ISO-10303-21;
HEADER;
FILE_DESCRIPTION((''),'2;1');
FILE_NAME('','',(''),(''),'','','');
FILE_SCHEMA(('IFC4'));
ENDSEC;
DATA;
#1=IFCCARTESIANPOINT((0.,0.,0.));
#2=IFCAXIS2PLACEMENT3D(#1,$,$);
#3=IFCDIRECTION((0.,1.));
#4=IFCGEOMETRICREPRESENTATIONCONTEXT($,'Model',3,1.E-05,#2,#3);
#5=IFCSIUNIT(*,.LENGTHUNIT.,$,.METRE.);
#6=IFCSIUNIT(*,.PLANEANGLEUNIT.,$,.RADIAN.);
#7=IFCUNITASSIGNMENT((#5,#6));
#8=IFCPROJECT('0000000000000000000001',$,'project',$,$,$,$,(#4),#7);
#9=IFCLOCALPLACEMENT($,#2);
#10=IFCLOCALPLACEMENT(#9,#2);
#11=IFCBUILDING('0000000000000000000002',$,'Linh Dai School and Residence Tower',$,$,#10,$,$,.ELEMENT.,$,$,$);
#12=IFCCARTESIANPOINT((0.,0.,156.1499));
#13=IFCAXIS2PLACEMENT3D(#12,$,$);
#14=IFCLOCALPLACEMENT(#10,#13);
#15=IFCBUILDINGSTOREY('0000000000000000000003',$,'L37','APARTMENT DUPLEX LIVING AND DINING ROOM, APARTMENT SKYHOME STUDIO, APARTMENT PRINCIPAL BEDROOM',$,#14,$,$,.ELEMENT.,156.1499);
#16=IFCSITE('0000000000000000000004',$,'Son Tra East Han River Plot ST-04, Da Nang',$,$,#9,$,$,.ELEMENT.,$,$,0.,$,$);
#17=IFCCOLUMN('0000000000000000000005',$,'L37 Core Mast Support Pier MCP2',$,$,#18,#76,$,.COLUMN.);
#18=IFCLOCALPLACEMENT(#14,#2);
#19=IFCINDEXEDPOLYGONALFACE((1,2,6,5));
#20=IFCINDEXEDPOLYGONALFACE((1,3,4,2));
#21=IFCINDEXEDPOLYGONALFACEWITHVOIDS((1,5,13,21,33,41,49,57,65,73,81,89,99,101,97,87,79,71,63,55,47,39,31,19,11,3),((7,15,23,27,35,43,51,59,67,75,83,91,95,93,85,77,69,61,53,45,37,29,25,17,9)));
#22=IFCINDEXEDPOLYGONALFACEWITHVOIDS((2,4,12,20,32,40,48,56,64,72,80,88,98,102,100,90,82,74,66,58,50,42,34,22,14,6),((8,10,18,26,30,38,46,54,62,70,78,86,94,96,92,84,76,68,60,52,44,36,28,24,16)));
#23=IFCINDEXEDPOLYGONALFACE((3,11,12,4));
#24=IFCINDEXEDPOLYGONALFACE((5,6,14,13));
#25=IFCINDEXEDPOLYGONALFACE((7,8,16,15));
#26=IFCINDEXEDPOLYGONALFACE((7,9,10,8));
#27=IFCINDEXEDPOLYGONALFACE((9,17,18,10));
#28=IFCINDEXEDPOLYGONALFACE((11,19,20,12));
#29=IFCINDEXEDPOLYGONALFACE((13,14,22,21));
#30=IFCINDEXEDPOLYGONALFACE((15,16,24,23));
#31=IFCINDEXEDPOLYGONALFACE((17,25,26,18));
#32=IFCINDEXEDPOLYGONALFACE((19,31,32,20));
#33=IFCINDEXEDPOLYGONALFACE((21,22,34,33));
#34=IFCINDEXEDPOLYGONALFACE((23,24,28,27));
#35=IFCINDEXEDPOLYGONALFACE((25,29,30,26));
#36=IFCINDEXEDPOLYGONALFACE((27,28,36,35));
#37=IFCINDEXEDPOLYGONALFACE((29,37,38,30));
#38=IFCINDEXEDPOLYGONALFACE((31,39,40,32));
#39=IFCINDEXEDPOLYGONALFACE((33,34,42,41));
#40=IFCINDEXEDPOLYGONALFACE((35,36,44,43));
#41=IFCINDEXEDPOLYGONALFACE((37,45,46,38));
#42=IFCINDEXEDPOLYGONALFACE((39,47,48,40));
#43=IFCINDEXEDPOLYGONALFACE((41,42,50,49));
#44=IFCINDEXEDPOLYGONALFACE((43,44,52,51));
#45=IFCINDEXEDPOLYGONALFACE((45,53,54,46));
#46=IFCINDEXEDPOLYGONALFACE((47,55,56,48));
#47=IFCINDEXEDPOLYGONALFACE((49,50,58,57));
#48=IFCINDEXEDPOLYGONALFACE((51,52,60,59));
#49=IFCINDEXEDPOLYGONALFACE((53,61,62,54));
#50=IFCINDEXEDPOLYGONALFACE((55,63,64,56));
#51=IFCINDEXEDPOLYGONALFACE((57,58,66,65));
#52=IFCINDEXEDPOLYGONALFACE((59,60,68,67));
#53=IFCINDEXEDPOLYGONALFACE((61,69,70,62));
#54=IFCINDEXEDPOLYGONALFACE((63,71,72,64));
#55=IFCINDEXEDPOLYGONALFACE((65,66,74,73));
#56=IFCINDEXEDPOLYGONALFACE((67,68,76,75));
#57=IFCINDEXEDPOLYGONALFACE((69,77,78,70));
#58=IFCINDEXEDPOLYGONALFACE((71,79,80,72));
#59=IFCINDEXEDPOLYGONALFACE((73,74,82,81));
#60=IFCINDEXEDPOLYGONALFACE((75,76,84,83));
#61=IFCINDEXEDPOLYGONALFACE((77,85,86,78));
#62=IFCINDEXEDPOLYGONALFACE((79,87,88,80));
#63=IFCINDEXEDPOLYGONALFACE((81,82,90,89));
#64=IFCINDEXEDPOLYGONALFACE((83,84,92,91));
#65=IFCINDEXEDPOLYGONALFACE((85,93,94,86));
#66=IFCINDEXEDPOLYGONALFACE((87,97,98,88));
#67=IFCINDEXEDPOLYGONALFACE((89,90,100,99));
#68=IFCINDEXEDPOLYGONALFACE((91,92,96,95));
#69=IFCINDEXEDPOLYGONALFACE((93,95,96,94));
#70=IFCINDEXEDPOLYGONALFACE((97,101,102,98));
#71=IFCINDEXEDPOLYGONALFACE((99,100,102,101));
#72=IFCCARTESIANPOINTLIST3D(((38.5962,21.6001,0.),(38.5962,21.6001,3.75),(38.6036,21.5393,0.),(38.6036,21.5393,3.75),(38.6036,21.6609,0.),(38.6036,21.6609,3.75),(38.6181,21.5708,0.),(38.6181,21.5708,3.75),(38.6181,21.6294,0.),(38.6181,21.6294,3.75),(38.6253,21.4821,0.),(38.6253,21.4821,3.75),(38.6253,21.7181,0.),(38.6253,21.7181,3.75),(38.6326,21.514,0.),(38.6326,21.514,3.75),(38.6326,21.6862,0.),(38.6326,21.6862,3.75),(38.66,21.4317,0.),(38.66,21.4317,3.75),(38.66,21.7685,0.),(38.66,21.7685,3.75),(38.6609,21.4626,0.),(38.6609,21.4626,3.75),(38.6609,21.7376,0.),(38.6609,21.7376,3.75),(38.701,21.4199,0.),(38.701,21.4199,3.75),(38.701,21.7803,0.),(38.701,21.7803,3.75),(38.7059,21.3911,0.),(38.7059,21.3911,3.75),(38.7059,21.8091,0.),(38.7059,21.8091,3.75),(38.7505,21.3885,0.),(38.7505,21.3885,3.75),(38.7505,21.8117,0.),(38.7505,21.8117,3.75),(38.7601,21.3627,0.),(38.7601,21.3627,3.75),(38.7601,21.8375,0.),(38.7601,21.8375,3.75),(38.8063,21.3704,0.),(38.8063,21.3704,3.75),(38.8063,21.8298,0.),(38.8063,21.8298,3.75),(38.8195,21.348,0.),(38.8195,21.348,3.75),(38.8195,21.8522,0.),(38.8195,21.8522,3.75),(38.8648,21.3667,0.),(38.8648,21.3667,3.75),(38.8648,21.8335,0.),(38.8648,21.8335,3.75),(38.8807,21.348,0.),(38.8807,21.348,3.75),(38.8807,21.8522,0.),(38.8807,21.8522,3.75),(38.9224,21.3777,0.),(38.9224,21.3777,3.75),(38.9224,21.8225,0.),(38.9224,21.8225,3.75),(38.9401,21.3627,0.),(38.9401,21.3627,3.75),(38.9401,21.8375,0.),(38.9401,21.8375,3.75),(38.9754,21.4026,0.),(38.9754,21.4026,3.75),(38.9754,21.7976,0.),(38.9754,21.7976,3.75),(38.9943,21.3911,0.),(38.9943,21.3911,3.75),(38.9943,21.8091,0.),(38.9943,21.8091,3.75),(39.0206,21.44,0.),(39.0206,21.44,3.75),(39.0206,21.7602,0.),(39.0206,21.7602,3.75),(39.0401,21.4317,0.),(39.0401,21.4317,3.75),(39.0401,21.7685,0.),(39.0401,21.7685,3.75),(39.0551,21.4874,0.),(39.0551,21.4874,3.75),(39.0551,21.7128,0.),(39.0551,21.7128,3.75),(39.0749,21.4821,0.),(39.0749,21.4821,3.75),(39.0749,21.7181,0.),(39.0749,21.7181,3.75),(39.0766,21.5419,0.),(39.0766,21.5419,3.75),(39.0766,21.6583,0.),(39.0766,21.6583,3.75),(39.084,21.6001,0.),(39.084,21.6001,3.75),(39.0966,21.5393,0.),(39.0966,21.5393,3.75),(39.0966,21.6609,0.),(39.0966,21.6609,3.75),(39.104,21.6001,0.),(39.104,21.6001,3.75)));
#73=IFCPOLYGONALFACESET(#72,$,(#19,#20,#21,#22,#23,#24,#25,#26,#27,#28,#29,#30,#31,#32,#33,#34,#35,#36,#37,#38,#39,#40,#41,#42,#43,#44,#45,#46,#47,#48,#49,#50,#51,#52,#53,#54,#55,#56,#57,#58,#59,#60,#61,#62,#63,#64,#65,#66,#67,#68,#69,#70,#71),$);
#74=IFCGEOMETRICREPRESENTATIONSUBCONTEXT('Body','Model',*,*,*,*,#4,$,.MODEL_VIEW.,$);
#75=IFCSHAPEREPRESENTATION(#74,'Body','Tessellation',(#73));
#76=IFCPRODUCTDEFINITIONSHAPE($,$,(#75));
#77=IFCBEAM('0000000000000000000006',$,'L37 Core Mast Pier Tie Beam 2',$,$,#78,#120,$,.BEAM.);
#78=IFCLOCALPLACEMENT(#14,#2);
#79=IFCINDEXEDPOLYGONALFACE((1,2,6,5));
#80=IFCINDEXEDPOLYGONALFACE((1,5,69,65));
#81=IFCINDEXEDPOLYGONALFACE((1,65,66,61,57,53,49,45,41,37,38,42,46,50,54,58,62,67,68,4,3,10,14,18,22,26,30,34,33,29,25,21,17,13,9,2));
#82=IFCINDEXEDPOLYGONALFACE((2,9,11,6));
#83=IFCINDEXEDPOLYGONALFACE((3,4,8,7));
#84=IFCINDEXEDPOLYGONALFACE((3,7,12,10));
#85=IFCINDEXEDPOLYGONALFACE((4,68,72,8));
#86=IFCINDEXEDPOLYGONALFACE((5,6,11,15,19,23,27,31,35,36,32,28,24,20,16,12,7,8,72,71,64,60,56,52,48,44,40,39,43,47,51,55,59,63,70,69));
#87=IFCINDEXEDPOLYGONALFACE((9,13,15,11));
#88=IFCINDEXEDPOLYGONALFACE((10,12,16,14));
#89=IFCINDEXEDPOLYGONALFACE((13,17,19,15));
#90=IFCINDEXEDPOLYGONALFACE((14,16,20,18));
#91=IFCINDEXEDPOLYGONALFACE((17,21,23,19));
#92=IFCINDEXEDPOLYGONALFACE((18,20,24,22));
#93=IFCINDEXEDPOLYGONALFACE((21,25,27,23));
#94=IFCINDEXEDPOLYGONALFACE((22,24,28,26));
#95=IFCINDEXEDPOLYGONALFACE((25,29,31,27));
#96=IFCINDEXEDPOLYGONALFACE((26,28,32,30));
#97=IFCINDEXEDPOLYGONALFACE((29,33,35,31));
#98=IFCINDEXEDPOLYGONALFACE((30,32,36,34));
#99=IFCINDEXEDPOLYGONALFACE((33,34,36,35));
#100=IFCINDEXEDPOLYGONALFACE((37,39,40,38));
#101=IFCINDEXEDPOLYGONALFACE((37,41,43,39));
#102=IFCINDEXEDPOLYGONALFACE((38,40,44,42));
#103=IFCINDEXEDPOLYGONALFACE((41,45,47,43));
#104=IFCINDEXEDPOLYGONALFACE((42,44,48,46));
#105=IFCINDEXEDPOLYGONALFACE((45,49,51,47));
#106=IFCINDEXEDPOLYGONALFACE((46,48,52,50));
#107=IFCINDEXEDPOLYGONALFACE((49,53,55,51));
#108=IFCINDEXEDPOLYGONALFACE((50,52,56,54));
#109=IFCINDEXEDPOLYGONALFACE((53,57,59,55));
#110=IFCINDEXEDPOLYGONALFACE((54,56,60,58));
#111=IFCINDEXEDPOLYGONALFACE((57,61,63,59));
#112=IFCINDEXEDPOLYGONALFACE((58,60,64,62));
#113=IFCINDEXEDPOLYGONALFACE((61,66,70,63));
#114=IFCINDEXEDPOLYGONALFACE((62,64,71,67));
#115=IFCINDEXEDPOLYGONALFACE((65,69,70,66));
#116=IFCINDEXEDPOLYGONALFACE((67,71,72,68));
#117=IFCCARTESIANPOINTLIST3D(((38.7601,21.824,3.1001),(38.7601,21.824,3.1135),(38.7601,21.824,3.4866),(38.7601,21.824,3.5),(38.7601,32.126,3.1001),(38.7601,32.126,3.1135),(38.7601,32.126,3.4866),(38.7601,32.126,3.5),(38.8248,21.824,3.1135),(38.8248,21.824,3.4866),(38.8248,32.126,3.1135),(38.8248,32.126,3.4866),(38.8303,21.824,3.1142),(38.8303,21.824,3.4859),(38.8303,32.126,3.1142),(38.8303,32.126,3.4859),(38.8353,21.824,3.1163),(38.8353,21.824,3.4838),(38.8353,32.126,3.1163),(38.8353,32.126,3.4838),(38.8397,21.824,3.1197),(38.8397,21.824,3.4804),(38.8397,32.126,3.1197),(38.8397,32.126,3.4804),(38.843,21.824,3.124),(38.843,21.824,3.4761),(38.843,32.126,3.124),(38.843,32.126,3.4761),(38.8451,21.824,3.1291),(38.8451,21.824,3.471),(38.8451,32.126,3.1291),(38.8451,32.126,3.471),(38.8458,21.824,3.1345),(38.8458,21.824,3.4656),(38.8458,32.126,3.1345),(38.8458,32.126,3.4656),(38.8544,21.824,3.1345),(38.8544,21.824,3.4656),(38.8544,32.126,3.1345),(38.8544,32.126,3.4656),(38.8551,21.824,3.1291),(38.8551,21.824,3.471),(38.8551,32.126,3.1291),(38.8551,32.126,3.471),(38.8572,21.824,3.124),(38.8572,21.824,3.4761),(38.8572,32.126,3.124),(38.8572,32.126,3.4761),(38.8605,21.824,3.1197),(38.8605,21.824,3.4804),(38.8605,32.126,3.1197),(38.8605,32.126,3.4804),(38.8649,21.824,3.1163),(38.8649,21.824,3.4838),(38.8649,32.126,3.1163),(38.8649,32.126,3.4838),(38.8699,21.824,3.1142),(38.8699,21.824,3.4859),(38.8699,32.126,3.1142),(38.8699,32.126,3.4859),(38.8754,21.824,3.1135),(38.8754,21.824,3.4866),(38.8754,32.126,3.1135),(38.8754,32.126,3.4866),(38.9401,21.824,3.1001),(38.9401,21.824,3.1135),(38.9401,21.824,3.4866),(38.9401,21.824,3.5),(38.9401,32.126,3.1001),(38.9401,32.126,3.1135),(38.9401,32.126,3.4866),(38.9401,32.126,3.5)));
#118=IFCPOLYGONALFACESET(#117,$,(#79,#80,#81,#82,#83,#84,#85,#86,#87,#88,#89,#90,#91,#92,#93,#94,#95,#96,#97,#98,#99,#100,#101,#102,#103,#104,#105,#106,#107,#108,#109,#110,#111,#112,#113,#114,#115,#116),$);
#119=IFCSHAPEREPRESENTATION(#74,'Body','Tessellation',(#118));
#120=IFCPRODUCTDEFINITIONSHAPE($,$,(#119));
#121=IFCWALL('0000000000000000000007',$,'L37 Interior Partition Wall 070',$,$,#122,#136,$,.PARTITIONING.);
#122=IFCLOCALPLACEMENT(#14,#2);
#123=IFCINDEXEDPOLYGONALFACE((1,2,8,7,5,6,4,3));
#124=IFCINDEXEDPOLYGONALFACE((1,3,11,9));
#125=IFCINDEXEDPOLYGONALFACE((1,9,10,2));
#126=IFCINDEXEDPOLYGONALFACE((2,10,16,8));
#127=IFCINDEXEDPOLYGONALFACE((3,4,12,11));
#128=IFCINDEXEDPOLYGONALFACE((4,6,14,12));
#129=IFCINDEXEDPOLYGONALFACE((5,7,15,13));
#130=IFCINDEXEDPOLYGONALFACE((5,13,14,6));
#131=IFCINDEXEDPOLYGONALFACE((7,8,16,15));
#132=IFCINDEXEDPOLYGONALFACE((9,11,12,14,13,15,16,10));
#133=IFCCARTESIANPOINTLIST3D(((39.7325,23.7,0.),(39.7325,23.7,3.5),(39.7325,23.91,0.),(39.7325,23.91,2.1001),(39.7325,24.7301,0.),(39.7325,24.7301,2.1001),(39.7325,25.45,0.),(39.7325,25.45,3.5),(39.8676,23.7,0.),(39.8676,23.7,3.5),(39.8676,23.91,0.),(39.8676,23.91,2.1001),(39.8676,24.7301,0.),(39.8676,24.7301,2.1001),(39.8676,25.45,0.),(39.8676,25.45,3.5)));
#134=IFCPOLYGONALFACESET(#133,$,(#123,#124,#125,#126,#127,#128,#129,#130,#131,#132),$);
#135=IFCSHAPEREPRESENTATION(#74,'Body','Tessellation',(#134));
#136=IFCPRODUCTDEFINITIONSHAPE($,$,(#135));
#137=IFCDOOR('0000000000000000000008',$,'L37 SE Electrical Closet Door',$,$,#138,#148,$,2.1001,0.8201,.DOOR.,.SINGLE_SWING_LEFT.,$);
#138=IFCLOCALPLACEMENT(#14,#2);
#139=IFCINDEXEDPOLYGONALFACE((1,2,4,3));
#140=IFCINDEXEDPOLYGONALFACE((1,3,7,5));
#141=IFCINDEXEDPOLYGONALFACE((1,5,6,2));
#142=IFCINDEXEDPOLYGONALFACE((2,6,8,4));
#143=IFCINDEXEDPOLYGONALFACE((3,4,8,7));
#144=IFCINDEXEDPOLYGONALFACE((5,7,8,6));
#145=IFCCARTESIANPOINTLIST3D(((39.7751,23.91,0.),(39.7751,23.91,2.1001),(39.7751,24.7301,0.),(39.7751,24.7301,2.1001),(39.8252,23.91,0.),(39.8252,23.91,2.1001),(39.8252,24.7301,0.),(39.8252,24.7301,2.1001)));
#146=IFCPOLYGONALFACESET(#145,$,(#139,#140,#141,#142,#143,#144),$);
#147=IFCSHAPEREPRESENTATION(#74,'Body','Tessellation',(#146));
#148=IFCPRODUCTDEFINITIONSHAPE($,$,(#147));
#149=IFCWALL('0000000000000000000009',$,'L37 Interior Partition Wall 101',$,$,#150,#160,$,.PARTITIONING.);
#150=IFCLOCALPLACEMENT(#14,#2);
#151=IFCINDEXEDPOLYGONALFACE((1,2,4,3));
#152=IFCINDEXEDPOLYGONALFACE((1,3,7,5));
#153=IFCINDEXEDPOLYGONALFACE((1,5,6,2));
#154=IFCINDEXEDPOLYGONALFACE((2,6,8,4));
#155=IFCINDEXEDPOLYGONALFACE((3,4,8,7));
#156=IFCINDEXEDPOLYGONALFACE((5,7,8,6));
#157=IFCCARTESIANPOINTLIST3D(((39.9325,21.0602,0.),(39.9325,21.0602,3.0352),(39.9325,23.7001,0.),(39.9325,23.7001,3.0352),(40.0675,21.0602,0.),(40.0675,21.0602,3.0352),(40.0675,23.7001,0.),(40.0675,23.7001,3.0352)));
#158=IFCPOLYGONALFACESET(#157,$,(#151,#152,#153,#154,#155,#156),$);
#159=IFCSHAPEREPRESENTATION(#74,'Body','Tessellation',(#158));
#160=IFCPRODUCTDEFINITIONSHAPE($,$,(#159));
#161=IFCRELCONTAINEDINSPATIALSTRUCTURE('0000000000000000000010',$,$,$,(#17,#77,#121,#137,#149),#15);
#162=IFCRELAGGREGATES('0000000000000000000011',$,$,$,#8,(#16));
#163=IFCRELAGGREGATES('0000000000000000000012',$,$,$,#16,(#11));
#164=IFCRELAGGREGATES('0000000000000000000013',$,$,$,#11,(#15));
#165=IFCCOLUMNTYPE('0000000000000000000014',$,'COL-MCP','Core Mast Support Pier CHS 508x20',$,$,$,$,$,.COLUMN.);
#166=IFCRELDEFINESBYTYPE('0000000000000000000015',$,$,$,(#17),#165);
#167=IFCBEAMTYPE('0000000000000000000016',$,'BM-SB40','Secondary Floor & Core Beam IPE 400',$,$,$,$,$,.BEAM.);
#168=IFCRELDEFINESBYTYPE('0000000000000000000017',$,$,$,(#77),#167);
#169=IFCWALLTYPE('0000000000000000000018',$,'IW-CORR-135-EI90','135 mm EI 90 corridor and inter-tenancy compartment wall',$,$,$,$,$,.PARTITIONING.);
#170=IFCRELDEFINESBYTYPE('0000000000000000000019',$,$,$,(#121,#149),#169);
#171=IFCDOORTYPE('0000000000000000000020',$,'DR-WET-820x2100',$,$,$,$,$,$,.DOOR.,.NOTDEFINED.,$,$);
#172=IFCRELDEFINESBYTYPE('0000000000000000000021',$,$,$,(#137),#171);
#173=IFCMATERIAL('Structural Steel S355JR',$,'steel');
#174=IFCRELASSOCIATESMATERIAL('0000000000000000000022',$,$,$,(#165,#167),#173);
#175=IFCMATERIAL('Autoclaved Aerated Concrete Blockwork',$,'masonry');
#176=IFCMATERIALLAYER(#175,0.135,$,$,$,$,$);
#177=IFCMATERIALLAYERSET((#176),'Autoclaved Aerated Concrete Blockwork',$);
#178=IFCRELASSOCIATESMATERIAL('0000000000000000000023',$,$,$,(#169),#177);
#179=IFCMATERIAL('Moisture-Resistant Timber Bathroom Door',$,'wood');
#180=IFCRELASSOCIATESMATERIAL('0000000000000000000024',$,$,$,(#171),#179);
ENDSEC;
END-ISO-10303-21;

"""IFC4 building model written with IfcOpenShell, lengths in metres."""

from ifc_helpers import new_model, si_unit, direction, frame, frame_2d, origin, origin_2d, place, context, subcontext, project, spatial, rectangle, hollow_circle, i_section, extrude, source, transform, mapped, material, layer, layer_set, material_profile, profile_set, type_object, element, fill, save


model = new_model("IFC4")

# Units and contexts
model_context = context("Model", 3, precision=1e-05, world=origin(), true_north=direction((0.0, 1.0)))
body_context = subcontext(model_context, "Body", "Model", "MODEL_VIEW")
ifc_project = project(units=[si_unit("LENGTHUNIT", "METRE"), si_unit("PLANEANGLEUNIT", "RADIAN")], contexts=[model_context])

# Site, building, storey
site_placement = place(None, origin())
site = spatial("IfcSite", under=ifc_project, at=site_placement, Name="Son Tra East Han River Plot ST-04, Da Nang", CompositionType="ELEMENT", RefElevation=0.0)
building_placement = place(site_placement, origin())
building = spatial("IfcBuilding", under=site, at=building_placement, Name="Linh Dai School and Residence Tower", CompositionType="ELEMENT")
storey_placement = place(building_placement, frame((0.0, 0.0, 156.1499)))
storey = spatial("IfcBuildingStorey", under=building, at=storey_placement, Name="L37", Description="APARTMENT DUPLEX LIVING AND DINING ROOM, APARTMENT SKYHOME STUDIO, APARTMENT PRINCIPAL BEDROOM", CompositionType="ELEMENT", Elevation=156.1499)

# Column
ifc_material_1 = material(Name="Structural Steel S355JR", Category="steel")
ifc_material_profile_1 = material_profile(ifc_material_1, hollow_circle(Radius=0.2539, WallThickness=0.02, at=origin_2d()), Name="CHS 508x20")
ifc_profile_set_1 = profile_set([ifc_material_profile_1], Name="Structural Steel S355JR")
column_type_1 = type_object("IfcColumnType", Name="COL-MCP", Description="Core Mast Support Pier CHS 508x20", PredefinedType="COLUMN", material=ifc_profile_set_1)
column_placement = place(storey_placement, frame((38.8501, 21.6001, 0.0), z_axis=(0.0, 0.0, 1.0), x_axis=(1.0, 0.0, 0.0)))
element("IfcColumn", 1, at=column_placement, inside=storey, type_object=column_type_1, Name="L37 Core Mast Support Pier MCP2", PredefinedType="COLUMN", context=body_context, shape_type="SweptSolid", body=[
    extrude(hollow_circle(Radius=0.2539, WallThickness=0.02, at=origin_2d()), origin(), (0.0, 0.0, 1.0), 3.75),
])

# Beam
ifc_material_profile_2 = material_profile(ifc_material_1, i_section(OverallWidth=0.1799, OverallDepth=0.3999, WebThickness=0.0085, FlangeThickness=0.0134, FilletRadius=0.021, at=origin_2d()), Name="IPE 400")
ifc_profile_set_2 = profile_set([ifc_material_profile_2], Name="Structural Steel S355JR")
beam_type = type_object("IfcBeamType", Name="BM-SB40", Description="Secondary Floor & Core Beam IPE 400", PredefinedType="BEAM", material=ifc_profile_set_2)
beam_placement = place(storey_placement, frame((38.8501, 21.824, 3.3), z_axis=(0.0, 1.0, 0.0), x_axis=(-1.0, 0.0, 0.0)))
element("IfcBeam", 2, at=beam_placement, inside=storey, type_object=beam_type, Name="L37 Core Mast Pier Tie Beam 2", PredefinedType="BEAM", context=body_context, shape_type="SweptSolid", body=[
    extrude(i_section(OverallWidth=0.1799, OverallDepth=0.3999, WebThickness=0.0085, FlangeThickness=0.0134, FilletRadius=0.021, at=origin_2d()), origin(), (0.0, 0.0, 1.0), 10.302),
])

# Wall, opening, door
ifc_material_2 = material(Name="Autoclaved Aerated Concrete Blockwork", Category="masonry")
ifc_layer_1 = layer(ifc_material_2, 0.135)
ifc_layer_set_1 = layer_set([ifc_layer_1], Name="Autoclaved Aerated Concrete Blockwork")
wall_type_1 = type_object("IfcWallType", Name="IW-CORR-135-EI90", Description="135 mm EI 90 corridor and inter-tenancy compartment wall", PredefinedType="PARTITIONING", material=ifc_layer_set_1)
wall_1_placement = place(storey_placement, frame((39.8, 23.7, 0.0), z_axis=(0.0, 0.0, 1.0), x_axis=(0.0, 1.0, 0.0)))
wall_1 = element("IfcWall", 3, at=wall_1_placement, inside=storey, type_object=wall_type_1, Name="L37 Interior Partition Wall 070", PredefinedType="PARTITIONING", context=body_context, shape_type="SweptSolid", body=[
    extrude(rectangle(XDim=1.75, YDim=0.135, at=frame_2d((0.875, 0.0))), origin(), (0.0, 0.0, 1.0), 3.5),
])
opening_1_placement = place(wall_1_placement, frame((0.21, 0.0, 0.0)))
opening_1 = element("IfcOpeningElement", 4, at=opening_1_placement, cuts=wall_1, PredefinedType="OPENING", context=body_context, shape_type="SweptSolid", body=[
    extrude(rectangle(XDim=0.8201, YDim=2.1001, at=origin_2d()), frame((0.4102, 0.0776, 1.05), z_axis=(0.0, -1.0, 0.0), x_axis=(1.0, 0.0, 0.0)), (0.0, 0.0, 1.0), 0.155),
])
ifc_material_3 = material(Name="Moisture-Resistant Timber Bathroom Door", Category="wood")
door_type_1 = type_object("IfcDoorType", Name="DR-WET-820x2100", OperationType="NOTDEFINED", PredefinedType="DOOR", material=ifc_material_3)
shared_shape_1 = source(origin(), body_context, "Body", "SweptSolid", [
    extrude(rectangle(XDim=0.8201, YDim=2.1001, at=origin_2d()), frame((0.4102, 0.0249, 1.05), z_axis=(0.0, -1.0, 0.0), x_axis=(1.0, 0.0, 0.0)), (0.0, 0.0, 1.0), 0.05),
])
door_1_placement = place(opening_1_placement, origin())
door_1 = element("IfcDoor", 5, at=door_1_placement, inside=storey, type_object=door_type_1, Name="L37 SE Electrical Closet Door", OperationType="SINGLE_SWING_LEFT", OverallHeight=2.1001, OverallWidth=0.8201, PredefinedType="DOOR", context=body_context, shape_type="MappedRepresentation", body=[
    mapped(shared_shape_1, transform((0.0, 0.0, 0.0), x_axis=(1.0, 0.0, 0.0), y_axis=(0.0, 1.0, 0.0), z_axis=(0.0, 0.0, 1.0), scale=1.0)),
])
fill(opening_1, door_1)

# Wall
wall_2_placement = place(storey_placement, frame((40.0, 23.7, 0.0), z_axis=(0.0, 0.0, 1.0), x_axis=(0.0, -1.0, 0.0)))
element("IfcWall", 6, at=wall_2_placement, inside=storey, type_object=wall_type_1, Name="L37 Interior Partition Wall 101", PredefinedType="PARTITIONING", context=body_context, shape_type="SweptSolid", body=[
    extrude(rectangle(XDim=2.6399, YDim=0.135, at=frame_2d((1.3198, 0.0))), origin(), (0.0, 0.0, 1.0), 3.0352),
])

save(model, "model.ifc")
